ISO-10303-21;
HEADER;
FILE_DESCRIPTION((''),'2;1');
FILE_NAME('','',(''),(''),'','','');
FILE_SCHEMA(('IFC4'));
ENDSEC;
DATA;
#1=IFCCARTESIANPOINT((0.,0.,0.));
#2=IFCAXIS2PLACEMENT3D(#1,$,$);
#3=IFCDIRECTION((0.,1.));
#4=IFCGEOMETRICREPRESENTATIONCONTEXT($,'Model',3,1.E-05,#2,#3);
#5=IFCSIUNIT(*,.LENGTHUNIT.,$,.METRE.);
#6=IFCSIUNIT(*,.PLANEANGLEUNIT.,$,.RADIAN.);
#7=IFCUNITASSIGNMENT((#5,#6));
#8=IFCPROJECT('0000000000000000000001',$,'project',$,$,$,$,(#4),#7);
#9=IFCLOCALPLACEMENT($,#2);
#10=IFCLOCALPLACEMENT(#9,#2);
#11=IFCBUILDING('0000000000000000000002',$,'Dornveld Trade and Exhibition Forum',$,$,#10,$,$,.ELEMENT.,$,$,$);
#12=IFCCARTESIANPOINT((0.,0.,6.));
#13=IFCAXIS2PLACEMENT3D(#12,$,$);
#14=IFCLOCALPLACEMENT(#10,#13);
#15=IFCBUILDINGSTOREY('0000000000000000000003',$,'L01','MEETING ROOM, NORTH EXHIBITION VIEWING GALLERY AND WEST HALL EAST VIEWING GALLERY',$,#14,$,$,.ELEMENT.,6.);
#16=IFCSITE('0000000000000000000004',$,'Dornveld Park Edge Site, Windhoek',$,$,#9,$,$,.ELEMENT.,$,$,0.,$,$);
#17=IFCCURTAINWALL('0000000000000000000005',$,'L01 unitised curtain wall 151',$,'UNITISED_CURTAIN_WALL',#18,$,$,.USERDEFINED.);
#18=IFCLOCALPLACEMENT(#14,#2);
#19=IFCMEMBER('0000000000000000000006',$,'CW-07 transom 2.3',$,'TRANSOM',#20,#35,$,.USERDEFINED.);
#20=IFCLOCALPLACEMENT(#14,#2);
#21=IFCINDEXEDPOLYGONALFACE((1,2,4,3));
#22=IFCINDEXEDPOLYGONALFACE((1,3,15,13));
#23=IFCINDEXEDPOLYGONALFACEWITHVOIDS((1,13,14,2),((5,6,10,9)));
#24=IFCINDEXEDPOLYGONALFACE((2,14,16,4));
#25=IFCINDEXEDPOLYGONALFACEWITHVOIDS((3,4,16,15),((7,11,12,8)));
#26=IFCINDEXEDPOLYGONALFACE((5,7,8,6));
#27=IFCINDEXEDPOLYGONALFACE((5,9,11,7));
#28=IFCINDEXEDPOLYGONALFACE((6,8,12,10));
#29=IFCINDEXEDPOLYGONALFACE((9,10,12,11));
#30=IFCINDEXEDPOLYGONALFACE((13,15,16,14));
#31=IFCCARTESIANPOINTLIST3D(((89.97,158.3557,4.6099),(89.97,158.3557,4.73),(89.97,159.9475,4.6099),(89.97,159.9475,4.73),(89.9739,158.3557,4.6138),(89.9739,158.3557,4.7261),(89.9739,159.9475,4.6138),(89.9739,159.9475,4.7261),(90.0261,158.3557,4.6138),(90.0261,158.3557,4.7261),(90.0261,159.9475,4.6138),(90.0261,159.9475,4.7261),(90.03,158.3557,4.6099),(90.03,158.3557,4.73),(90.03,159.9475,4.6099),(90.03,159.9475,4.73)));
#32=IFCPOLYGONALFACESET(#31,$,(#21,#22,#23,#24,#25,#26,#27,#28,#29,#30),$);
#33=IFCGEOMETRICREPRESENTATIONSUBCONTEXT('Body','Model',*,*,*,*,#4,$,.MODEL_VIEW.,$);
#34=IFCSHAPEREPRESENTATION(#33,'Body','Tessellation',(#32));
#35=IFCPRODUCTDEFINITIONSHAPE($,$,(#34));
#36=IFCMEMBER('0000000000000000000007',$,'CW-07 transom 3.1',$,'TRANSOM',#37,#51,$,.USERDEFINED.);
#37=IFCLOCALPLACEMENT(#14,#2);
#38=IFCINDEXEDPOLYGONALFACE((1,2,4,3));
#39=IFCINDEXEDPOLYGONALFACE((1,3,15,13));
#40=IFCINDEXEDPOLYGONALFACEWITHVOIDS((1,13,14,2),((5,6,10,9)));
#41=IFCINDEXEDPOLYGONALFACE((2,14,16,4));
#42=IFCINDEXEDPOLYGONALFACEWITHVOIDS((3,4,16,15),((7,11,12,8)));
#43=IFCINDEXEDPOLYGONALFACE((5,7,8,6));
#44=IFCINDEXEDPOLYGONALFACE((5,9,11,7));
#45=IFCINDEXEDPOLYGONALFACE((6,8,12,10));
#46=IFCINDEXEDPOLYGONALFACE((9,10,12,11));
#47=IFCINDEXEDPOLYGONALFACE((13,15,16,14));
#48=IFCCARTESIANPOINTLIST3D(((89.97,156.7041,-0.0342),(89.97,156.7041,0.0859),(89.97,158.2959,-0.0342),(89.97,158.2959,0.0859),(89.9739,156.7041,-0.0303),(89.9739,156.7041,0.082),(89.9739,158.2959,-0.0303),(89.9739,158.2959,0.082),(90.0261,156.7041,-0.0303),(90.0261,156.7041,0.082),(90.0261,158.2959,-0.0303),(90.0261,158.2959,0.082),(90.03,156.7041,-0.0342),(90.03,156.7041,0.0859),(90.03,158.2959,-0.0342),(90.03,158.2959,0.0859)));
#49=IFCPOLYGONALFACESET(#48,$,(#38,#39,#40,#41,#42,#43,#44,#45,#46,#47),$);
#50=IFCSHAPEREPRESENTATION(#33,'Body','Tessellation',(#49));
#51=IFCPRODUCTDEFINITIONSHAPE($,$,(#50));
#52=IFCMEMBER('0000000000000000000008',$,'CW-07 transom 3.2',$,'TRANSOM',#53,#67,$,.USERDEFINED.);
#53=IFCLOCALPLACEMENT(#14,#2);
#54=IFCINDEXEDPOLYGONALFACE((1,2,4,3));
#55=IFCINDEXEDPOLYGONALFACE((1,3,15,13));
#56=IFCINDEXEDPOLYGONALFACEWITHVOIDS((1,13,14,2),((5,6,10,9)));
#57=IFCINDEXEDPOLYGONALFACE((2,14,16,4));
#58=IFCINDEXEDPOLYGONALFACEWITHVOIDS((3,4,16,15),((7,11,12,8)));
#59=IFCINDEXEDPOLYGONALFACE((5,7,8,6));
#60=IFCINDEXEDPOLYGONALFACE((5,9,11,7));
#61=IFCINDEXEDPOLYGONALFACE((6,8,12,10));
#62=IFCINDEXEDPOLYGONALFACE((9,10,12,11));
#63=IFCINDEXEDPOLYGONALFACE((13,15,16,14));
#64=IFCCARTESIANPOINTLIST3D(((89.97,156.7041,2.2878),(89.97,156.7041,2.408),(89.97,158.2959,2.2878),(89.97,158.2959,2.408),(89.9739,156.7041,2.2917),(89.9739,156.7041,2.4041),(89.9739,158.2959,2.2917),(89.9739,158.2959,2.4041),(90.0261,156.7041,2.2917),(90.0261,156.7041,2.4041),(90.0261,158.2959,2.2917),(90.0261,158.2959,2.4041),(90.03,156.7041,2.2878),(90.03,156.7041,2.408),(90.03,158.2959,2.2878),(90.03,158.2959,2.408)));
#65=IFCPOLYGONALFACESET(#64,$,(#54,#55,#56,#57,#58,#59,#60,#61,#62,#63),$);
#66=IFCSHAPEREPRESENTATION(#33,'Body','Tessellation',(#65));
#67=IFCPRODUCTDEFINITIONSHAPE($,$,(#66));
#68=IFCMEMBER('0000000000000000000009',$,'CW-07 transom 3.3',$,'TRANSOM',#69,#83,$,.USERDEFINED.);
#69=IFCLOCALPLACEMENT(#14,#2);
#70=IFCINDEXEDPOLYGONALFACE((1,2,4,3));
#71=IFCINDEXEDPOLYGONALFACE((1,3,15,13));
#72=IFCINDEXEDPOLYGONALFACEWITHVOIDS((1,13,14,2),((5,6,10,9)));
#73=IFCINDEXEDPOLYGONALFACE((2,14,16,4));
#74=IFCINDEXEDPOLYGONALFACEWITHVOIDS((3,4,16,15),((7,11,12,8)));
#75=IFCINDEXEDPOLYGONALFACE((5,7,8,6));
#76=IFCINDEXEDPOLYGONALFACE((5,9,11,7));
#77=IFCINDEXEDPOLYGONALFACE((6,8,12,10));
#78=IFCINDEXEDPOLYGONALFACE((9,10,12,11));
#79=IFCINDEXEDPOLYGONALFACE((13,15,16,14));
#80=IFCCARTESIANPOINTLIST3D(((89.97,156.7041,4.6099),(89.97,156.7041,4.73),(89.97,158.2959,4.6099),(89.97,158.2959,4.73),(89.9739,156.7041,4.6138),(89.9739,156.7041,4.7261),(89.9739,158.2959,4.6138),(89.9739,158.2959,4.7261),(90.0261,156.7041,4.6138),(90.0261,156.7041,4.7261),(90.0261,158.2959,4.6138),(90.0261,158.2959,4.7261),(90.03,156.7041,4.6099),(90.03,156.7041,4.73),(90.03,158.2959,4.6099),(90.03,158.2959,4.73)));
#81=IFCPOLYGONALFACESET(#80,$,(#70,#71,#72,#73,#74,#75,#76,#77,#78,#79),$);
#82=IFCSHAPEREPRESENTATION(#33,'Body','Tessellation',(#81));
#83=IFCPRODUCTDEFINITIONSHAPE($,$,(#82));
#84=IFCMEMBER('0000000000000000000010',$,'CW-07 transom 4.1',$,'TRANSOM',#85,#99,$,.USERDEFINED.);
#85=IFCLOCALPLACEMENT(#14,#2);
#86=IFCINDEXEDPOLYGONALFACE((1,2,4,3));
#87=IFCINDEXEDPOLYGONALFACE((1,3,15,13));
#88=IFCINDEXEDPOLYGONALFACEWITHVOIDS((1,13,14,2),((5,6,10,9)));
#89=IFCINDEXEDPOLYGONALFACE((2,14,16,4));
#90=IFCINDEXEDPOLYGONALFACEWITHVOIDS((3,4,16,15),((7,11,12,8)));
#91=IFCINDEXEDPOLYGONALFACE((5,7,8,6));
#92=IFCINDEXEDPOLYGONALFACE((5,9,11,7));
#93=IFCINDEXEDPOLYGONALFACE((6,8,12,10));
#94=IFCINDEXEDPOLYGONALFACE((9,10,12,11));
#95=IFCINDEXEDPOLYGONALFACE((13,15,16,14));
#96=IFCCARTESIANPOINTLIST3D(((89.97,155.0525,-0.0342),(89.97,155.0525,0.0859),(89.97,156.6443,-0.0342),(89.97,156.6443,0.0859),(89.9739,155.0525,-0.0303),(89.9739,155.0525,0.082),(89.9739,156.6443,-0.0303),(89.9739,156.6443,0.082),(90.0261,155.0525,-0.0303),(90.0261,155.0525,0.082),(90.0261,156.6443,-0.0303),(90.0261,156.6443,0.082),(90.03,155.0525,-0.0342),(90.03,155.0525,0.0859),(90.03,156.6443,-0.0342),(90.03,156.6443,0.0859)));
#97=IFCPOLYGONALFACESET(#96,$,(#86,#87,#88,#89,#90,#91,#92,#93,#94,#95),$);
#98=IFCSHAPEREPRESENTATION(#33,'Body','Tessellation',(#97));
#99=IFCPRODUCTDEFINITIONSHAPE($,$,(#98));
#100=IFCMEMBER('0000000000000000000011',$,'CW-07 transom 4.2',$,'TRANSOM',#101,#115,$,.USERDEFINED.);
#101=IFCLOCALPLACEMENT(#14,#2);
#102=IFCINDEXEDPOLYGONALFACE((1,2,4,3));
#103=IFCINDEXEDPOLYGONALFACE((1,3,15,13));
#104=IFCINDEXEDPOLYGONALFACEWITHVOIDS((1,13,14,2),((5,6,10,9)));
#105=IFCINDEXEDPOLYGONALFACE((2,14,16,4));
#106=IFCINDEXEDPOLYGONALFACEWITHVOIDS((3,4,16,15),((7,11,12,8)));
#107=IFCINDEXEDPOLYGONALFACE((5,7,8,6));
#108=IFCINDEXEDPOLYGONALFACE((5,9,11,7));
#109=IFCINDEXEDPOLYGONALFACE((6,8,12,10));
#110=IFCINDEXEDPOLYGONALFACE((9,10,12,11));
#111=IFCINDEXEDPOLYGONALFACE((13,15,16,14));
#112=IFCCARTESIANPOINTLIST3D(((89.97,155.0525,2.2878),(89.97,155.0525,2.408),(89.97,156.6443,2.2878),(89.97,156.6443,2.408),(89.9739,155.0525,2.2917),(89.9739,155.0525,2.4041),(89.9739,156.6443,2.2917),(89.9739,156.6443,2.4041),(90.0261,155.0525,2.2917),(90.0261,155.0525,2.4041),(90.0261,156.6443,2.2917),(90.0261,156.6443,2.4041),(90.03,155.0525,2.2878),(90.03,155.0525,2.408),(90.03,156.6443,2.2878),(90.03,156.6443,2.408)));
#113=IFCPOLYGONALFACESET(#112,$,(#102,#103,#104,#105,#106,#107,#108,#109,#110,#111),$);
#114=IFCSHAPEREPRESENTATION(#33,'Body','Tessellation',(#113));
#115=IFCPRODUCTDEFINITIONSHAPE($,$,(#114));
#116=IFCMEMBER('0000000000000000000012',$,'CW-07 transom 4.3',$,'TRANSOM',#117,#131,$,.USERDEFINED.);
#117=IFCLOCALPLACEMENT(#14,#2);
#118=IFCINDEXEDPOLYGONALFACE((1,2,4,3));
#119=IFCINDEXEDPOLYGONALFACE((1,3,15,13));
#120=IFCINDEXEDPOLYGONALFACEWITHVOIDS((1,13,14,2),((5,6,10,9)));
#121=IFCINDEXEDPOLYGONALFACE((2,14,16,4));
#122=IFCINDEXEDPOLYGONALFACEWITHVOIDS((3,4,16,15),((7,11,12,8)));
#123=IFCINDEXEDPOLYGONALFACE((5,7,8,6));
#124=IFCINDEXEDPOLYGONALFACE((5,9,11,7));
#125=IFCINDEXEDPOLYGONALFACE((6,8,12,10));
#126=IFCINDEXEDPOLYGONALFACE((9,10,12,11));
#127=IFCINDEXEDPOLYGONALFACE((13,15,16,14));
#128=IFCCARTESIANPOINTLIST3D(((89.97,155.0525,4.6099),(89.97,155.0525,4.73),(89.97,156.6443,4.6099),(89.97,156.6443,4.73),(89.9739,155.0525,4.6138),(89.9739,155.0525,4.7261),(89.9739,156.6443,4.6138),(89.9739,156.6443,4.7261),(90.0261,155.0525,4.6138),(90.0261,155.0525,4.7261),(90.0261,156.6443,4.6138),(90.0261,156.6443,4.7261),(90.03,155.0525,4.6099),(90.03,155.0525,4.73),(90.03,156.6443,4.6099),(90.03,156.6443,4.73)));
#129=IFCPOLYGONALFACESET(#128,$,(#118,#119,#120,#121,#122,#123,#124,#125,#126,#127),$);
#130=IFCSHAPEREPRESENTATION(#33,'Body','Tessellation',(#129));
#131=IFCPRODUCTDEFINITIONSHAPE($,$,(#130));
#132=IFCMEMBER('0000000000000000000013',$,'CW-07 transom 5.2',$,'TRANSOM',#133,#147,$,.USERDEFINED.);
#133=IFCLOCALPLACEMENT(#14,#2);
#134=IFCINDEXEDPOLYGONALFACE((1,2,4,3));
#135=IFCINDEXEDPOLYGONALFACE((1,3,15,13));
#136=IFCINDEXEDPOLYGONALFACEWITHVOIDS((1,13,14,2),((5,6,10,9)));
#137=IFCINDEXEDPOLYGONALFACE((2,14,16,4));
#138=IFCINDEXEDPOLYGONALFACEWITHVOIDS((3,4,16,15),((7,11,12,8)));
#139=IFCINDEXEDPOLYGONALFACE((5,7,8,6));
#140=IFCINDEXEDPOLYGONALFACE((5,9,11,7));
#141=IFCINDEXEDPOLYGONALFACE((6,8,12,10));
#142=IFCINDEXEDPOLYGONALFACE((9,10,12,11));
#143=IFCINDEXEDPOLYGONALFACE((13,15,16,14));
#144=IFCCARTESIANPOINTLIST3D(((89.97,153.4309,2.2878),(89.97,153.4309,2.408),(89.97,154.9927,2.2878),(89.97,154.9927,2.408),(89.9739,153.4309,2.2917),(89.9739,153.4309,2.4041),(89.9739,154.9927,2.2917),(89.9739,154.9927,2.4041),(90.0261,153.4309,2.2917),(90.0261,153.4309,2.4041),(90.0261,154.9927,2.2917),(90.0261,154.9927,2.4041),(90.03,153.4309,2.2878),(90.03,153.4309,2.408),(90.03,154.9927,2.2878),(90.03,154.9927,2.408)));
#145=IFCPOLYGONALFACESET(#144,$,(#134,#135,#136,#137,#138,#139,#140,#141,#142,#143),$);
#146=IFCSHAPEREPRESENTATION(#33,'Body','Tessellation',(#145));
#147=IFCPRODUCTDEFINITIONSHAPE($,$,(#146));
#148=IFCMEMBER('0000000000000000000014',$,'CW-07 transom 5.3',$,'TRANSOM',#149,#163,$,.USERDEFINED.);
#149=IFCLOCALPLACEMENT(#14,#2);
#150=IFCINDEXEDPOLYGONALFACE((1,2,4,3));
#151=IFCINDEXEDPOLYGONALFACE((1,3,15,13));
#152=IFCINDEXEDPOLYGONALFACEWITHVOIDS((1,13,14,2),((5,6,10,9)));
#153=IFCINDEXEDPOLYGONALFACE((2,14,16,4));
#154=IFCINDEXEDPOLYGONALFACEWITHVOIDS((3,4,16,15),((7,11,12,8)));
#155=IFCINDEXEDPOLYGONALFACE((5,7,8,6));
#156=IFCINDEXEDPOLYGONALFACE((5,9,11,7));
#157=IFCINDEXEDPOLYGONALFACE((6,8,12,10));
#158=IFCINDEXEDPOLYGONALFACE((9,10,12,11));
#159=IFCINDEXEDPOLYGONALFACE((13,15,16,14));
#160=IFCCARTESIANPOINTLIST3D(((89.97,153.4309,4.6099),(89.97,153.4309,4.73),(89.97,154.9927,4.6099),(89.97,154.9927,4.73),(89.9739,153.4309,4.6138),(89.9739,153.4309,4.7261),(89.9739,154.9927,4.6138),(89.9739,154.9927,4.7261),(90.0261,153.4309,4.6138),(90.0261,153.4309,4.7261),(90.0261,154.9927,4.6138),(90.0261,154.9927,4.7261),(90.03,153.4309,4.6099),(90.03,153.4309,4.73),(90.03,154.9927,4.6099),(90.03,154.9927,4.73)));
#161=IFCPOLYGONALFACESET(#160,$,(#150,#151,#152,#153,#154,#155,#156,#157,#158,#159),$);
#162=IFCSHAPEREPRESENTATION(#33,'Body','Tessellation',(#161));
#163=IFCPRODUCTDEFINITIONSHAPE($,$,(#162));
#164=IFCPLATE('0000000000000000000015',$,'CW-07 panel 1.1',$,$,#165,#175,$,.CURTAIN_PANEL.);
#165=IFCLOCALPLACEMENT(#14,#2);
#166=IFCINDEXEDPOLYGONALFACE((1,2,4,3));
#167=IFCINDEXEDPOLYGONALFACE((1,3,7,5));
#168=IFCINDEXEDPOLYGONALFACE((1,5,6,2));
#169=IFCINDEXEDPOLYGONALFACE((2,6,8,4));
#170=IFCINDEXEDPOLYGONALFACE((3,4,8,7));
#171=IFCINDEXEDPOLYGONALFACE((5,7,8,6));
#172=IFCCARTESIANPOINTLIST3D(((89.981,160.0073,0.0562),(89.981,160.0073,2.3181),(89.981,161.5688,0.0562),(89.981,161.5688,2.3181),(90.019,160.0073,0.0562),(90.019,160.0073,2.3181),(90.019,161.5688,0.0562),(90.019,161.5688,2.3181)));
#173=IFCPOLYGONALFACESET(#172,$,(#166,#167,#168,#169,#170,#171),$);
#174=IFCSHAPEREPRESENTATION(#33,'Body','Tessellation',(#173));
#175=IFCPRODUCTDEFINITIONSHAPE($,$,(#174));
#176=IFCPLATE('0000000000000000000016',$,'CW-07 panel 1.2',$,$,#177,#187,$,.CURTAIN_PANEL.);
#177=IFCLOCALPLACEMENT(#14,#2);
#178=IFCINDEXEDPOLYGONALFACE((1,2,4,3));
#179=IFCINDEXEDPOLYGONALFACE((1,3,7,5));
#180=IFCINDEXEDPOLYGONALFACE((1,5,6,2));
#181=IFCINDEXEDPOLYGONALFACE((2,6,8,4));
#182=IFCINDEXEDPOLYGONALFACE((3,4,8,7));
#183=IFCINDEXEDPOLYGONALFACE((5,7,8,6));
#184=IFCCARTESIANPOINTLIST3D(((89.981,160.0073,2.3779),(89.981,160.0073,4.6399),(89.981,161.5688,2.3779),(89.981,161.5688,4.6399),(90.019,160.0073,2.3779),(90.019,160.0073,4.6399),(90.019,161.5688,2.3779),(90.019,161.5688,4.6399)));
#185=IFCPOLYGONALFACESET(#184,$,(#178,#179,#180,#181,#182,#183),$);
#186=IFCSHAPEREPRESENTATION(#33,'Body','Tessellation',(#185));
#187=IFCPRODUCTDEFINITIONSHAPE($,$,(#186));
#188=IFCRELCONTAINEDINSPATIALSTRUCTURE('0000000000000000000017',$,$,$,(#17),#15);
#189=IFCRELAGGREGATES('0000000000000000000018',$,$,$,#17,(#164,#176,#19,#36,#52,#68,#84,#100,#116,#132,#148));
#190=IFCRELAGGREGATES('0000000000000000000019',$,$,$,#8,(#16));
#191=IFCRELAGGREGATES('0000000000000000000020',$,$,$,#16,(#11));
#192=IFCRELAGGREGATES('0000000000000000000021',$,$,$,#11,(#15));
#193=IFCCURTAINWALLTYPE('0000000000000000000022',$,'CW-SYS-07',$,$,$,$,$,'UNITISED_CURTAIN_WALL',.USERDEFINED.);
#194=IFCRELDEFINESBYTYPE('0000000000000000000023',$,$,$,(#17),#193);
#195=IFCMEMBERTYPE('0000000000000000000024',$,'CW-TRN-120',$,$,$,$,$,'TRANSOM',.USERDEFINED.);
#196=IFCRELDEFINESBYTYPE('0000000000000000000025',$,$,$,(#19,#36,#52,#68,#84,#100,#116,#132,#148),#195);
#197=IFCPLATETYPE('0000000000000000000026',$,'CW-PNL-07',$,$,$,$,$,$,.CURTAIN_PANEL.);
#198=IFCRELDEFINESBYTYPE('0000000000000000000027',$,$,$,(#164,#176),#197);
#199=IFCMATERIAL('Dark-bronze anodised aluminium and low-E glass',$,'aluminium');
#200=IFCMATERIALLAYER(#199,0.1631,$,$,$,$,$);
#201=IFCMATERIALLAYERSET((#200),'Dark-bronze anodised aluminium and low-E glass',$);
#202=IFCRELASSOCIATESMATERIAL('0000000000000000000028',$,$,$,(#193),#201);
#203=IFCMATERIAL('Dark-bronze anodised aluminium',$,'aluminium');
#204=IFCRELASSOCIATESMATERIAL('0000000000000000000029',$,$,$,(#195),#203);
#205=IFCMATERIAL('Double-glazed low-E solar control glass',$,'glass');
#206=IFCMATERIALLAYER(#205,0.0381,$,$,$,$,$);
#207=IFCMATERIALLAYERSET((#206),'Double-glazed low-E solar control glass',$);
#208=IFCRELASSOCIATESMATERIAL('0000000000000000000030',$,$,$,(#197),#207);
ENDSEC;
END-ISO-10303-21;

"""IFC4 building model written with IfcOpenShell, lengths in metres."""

from ifc_helpers import new_model, si_unit, direction, frame, origin, origin_2d, place, context, subcontext, project, spatial, rectangle, hollow_rectangle, extrude, material, layer, layer_set, material_profile, profile_set, type_object, element, aggregate, save


model = new_model("IFC4")

# Units and contexts
model_context = context("Model", 3, precision=1e-05, world=origin(), true_north=direction((0.0, 1.0)))
body_context = subcontext(model_context, "Body", "Model", "MODEL_VIEW")
ifc_project = project(units=[si_unit("LENGTHUNIT", "METRE"), si_unit("PLANEANGLEUNIT", "RADIAN")], contexts=[model_context])

# Site, building, storey
site_placement = place(None, origin())
site = spatial("IfcSite", under=ifc_project, at=site_placement, Name="Dornveld Park Edge Site, Windhoek", CompositionType="ELEMENT", RefElevation=0.0)
building_placement = place(site_placement, origin())
building = spatial("IfcBuilding", under=site, at=building_placement, Name="Dornveld Trade and Exhibition Forum", CompositionType="ELEMENT")
storey_placement = place(building_placement, frame((0.0, 0.0, 6.0)))
storey = spatial("IfcBuildingStorey", under=building, at=storey_placement, Name="L01", Description="MEETING ROOM, NORTH EXHIBITION VIEWING GALLERY AND WEST HALL EAST VIEWING GALLERY", CompositionType="ELEMENT", Elevation=6.0)

# Curtain wall, members, plates
ifc_material_1 = material(Name="Dark-bronze anodised aluminium and low-E glass", Category="aluminium")
ifc_layer_1 = layer(ifc_material_1, 0.1631)
ifc_layer_set_1 = layer_set([ifc_layer_1], Name="Dark-bronze anodised aluminium and low-E glass")
curtain_wall_type = type_object("IfcCurtainWallType", Name="CW-SYS-07", ElementType="UNITISED_CURTAIN_WALL", PredefinedType="USERDEFINED", material=ifc_layer_set_1)
curtain_wall_placement = place(storey_placement, origin())
curtain_wall = element("IfcCurtainWall", 1, at=curtain_wall_placement, inside=storey, type_object=curtain_wall_type, Name="L01 unitised curtain wall 151", ObjectType="UNITISED_CURTAIN_WALL", PredefinedType="USERDEFINED")
ifc_material_2 = material(Name="Dark-bronze anodised aluminium", Category="aluminium")
ifc_material_profile_1 = material_profile(ifc_material_2, hollow_rectangle(XDim=0.0601, YDim=0.1201, WallThickness=0.0039, at=origin_2d()), Name="RHS 120x60x4")
ifc_profile_set_1 = profile_set([ifc_material_profile_1], Name="Dark-bronze anodised aluminium")
member_type_1 = type_object("IfcMemberType", Name="CW-TRN-120", ElementType="TRANSOM", PredefinedType="USERDEFINED", material=ifc_profile_set_1)
member_1_placement = place(storey_placement, frame((90.0, 159.9475, 4.6699), z_axis=(0.0, -1.0, 0.0), x_axis=(1.0, 0.0, 0.0)))
member_1 = element("IfcMember", 2, at=member_1_placement, type_object=member_type_1, Name="CW-07 transom 2.3", ObjectType="TRANSOM", PredefinedType="USERDEFINED", context=body_context, shape_type="SweptSolid", body=[
    extrude(hollow_rectangle(XDim=0.0601, YDim=0.1201, WallThickness=0.0039, at=origin_2d()), origin(), (0.0, 0.0, 1.0), 1.5918),
])
member_2_placement = place(storey_placement, frame((90.0, 158.2959, 0.0259), z_axis=(0.0, -1.0, 0.0), x_axis=(1.0, 0.0, 0.0)))
member_2 = element("IfcMember", 3, at=member_2_placement, type_object=member_type_1, Name="CW-07 transom 3.1", ObjectType="TRANSOM", PredefinedType="USERDEFINED", context=body_context, shape_type="SweptSolid", body=[
    extrude(hollow_rectangle(XDim=0.0601, YDim=0.1201, WallThickness=0.0039, at=origin_2d()), origin(), (0.0, 0.0, 1.0), 1.5918),
])
member_3_placement = place(storey_placement, frame((90.0, 158.2959, 2.3479), z_axis=(0.0, -1.0, 0.0), x_axis=(1.0, 0.0, 0.0)))
member_3 = element("IfcMember", 4, at=member_3_placement, type_object=member_type_1, Name="CW-07 transom 3.2", ObjectType="TRANSOM", PredefinedType="USERDEFINED", context=body_context, shape_type="SweptSolid", body=[
    extrude(hollow_rectangle(XDim=0.0601, YDim=0.1201, WallThickness=0.0039, at=origin_2d()), origin(), (0.0, 0.0, 1.0), 1.5918),
])
member_4_placement = place(storey_placement, frame((90.0, 158.2959, 4.6699), z_axis=(0.0, -1.0, 0.0), x_axis=(1.0, 0.0, 0.0)))
member_4 = element("IfcMember", 5, at=member_4_placement, type_object=member_type_1, Name="CW-07 transom 3.3", ObjectType="TRANSOM", PredefinedType="USERDEFINED", context=body_context, shape_type="SweptSolid", body=[
    extrude(hollow_rectangle(XDim=0.0601, YDim=0.1201, WallThickness=0.0039, at=origin_2d()), origin(), (0.0, 0.0, 1.0), 1.5918),
])
member_5_placement = place(storey_placement, frame((90.0, 156.6443, 0.0259), z_axis=(0.0, -1.0, 0.0), x_axis=(1.0, 0.0, 0.0)))
member_5 = element("IfcMember", 6, at=member_5_placement, type_object=member_type_1, Name="CW-07 transom 4.1", ObjectType="TRANSOM", PredefinedType="USERDEFINED", context=body_context, shape_type="SweptSolid", body=[
    extrude(hollow_rectangle(XDim=0.0601, YDim=0.1201, WallThickness=0.0039, at=origin_2d()), origin(), (0.0, 0.0, 1.0), 1.5918),
])
member_6_placement = place(storey_placement, frame((90.0, 156.6443, 2.3479), z_axis=(0.0, -1.0, 0.0), x_axis=(1.0, 0.0, 0.0)))
member_6 = element("IfcMember", 7, at=member_6_placement, type_object=member_type_1, Name="CW-07 transom 4.2", ObjectType="TRANSOM", PredefinedType="USERDEFINED", context=body_context, shape_type="SweptSolid", body=[
    extrude(hollow_rectangle(XDim=0.0601, YDim=0.1201, WallThickness=0.0039, at=origin_2d()), origin(), (0.0, 0.0, 1.0), 1.5918),
])
member_7_placement = place(storey_placement, frame((90.0, 156.6443, 4.6699), z_axis=(0.0, -1.0, 0.0), x_axis=(1.0, 0.0, 0.0)))
member_7 = element("IfcMember", 8, at=member_7_placement, type_object=member_type_1, Name="CW-07 transom 4.3", ObjectType="TRANSOM", PredefinedType="USERDEFINED", context=body_context, shape_type="SweptSolid", body=[
    extrude(hollow_rectangle(XDim=0.0601, YDim=0.1201, WallThickness=0.0039, at=origin_2d()), origin(), (0.0, 0.0, 1.0), 1.5918),
])
member_8_placement = place(storey_placement, frame((90.0, 154.9927, 2.3479), z_axis=(0.0, -1.0, 0.0), x_axis=(1.0, 0.0, 0.0)))
member_8 = element("IfcMember", 9, at=member_8_placement, type_object=member_type_1, Name="CW-07 transom 5.2", ObjectType="TRANSOM", PredefinedType="USERDEFINED", context=body_context, shape_type="SweptSolid", body=[
    extrude(hollow_rectangle(XDim=0.0601, YDim=0.1201, WallThickness=0.0039, at=origin_2d()), origin(), (0.0, 0.0, 1.0), 1.5618),
])
member_9_placement = place(storey_placement, frame((90.0, 154.9927, 4.6699), z_axis=(0.0, -1.0, 0.0), x_axis=(1.0, 0.0, 0.0)))
member_9 = element("IfcMember", 10, at=member_9_placement, type_object=member_type_1, Name="CW-07 transom 5.3", ObjectType="TRANSOM", PredefinedType="USERDEFINED", context=body_context, shape_type="SweptSolid", body=[
    extrude(hollow_rectangle(XDim=0.0601, YDim=0.1201, WallThickness=0.0039, at=origin_2d()), origin(), (0.0, 0.0, 1.0), 1.5618),
])
ifc_material_3 = material(Name="Double-glazed low-E solar control glass", Category="glass")
ifc_layer_2 = layer(ifc_material_3, 0.0381)
ifc_layer_set_2 = layer_set([ifc_layer_2], Name="Double-glazed low-E solar control glass")
plate_type = type_object("IfcPlateType", Name="CW-PNL-07", PredefinedType="CURTAIN_PANEL", material=ifc_layer_set_2)
plate_1_placement = place(storey_placement, frame((90.0, 160.7881, 0.0562), z_axis=(0.0, 0.0, 1.0), x_axis=(0.0, -1.0, 0.0)))
plate_1 = element("IfcPlate", 11, at=plate_1_placement, type_object=plate_type, Name="CW-07 panel 1.1", PredefinedType="CURTAIN_PANEL", context=body_context, shape_type="SweptSolid", body=[
    extrude(rectangle(XDim=1.5615, YDim=0.0381, at=origin_2d()), origin(), (0.0, 0.0, 1.0), 2.262),
])
plate_2_placement = place(storey_placement, frame((90.0, 160.7881, 2.3779), z_axis=(0.0, 0.0, 1.0), x_axis=(0.0, -1.0, 0.0)))
plate_2 = element("IfcPlate", 12, at=plate_2_placement, type_object=plate_type, Name="CW-07 panel 1.2", PredefinedType="CURTAIN_PANEL", context=body_context, shape_type="SweptSolid", body=[
    extrude(rectangle(XDim=1.5615, YDim=0.0381, at=origin_2d()), origin(), (0.0, 0.0, 1.0), 2.262),
])
aggregate(curtain_wall, [plate_1, plate_2, member_1, member_2, member_3, member_4, member_5, member_6, member_7, member_8, member_9])

save(model, "model.ifc")
